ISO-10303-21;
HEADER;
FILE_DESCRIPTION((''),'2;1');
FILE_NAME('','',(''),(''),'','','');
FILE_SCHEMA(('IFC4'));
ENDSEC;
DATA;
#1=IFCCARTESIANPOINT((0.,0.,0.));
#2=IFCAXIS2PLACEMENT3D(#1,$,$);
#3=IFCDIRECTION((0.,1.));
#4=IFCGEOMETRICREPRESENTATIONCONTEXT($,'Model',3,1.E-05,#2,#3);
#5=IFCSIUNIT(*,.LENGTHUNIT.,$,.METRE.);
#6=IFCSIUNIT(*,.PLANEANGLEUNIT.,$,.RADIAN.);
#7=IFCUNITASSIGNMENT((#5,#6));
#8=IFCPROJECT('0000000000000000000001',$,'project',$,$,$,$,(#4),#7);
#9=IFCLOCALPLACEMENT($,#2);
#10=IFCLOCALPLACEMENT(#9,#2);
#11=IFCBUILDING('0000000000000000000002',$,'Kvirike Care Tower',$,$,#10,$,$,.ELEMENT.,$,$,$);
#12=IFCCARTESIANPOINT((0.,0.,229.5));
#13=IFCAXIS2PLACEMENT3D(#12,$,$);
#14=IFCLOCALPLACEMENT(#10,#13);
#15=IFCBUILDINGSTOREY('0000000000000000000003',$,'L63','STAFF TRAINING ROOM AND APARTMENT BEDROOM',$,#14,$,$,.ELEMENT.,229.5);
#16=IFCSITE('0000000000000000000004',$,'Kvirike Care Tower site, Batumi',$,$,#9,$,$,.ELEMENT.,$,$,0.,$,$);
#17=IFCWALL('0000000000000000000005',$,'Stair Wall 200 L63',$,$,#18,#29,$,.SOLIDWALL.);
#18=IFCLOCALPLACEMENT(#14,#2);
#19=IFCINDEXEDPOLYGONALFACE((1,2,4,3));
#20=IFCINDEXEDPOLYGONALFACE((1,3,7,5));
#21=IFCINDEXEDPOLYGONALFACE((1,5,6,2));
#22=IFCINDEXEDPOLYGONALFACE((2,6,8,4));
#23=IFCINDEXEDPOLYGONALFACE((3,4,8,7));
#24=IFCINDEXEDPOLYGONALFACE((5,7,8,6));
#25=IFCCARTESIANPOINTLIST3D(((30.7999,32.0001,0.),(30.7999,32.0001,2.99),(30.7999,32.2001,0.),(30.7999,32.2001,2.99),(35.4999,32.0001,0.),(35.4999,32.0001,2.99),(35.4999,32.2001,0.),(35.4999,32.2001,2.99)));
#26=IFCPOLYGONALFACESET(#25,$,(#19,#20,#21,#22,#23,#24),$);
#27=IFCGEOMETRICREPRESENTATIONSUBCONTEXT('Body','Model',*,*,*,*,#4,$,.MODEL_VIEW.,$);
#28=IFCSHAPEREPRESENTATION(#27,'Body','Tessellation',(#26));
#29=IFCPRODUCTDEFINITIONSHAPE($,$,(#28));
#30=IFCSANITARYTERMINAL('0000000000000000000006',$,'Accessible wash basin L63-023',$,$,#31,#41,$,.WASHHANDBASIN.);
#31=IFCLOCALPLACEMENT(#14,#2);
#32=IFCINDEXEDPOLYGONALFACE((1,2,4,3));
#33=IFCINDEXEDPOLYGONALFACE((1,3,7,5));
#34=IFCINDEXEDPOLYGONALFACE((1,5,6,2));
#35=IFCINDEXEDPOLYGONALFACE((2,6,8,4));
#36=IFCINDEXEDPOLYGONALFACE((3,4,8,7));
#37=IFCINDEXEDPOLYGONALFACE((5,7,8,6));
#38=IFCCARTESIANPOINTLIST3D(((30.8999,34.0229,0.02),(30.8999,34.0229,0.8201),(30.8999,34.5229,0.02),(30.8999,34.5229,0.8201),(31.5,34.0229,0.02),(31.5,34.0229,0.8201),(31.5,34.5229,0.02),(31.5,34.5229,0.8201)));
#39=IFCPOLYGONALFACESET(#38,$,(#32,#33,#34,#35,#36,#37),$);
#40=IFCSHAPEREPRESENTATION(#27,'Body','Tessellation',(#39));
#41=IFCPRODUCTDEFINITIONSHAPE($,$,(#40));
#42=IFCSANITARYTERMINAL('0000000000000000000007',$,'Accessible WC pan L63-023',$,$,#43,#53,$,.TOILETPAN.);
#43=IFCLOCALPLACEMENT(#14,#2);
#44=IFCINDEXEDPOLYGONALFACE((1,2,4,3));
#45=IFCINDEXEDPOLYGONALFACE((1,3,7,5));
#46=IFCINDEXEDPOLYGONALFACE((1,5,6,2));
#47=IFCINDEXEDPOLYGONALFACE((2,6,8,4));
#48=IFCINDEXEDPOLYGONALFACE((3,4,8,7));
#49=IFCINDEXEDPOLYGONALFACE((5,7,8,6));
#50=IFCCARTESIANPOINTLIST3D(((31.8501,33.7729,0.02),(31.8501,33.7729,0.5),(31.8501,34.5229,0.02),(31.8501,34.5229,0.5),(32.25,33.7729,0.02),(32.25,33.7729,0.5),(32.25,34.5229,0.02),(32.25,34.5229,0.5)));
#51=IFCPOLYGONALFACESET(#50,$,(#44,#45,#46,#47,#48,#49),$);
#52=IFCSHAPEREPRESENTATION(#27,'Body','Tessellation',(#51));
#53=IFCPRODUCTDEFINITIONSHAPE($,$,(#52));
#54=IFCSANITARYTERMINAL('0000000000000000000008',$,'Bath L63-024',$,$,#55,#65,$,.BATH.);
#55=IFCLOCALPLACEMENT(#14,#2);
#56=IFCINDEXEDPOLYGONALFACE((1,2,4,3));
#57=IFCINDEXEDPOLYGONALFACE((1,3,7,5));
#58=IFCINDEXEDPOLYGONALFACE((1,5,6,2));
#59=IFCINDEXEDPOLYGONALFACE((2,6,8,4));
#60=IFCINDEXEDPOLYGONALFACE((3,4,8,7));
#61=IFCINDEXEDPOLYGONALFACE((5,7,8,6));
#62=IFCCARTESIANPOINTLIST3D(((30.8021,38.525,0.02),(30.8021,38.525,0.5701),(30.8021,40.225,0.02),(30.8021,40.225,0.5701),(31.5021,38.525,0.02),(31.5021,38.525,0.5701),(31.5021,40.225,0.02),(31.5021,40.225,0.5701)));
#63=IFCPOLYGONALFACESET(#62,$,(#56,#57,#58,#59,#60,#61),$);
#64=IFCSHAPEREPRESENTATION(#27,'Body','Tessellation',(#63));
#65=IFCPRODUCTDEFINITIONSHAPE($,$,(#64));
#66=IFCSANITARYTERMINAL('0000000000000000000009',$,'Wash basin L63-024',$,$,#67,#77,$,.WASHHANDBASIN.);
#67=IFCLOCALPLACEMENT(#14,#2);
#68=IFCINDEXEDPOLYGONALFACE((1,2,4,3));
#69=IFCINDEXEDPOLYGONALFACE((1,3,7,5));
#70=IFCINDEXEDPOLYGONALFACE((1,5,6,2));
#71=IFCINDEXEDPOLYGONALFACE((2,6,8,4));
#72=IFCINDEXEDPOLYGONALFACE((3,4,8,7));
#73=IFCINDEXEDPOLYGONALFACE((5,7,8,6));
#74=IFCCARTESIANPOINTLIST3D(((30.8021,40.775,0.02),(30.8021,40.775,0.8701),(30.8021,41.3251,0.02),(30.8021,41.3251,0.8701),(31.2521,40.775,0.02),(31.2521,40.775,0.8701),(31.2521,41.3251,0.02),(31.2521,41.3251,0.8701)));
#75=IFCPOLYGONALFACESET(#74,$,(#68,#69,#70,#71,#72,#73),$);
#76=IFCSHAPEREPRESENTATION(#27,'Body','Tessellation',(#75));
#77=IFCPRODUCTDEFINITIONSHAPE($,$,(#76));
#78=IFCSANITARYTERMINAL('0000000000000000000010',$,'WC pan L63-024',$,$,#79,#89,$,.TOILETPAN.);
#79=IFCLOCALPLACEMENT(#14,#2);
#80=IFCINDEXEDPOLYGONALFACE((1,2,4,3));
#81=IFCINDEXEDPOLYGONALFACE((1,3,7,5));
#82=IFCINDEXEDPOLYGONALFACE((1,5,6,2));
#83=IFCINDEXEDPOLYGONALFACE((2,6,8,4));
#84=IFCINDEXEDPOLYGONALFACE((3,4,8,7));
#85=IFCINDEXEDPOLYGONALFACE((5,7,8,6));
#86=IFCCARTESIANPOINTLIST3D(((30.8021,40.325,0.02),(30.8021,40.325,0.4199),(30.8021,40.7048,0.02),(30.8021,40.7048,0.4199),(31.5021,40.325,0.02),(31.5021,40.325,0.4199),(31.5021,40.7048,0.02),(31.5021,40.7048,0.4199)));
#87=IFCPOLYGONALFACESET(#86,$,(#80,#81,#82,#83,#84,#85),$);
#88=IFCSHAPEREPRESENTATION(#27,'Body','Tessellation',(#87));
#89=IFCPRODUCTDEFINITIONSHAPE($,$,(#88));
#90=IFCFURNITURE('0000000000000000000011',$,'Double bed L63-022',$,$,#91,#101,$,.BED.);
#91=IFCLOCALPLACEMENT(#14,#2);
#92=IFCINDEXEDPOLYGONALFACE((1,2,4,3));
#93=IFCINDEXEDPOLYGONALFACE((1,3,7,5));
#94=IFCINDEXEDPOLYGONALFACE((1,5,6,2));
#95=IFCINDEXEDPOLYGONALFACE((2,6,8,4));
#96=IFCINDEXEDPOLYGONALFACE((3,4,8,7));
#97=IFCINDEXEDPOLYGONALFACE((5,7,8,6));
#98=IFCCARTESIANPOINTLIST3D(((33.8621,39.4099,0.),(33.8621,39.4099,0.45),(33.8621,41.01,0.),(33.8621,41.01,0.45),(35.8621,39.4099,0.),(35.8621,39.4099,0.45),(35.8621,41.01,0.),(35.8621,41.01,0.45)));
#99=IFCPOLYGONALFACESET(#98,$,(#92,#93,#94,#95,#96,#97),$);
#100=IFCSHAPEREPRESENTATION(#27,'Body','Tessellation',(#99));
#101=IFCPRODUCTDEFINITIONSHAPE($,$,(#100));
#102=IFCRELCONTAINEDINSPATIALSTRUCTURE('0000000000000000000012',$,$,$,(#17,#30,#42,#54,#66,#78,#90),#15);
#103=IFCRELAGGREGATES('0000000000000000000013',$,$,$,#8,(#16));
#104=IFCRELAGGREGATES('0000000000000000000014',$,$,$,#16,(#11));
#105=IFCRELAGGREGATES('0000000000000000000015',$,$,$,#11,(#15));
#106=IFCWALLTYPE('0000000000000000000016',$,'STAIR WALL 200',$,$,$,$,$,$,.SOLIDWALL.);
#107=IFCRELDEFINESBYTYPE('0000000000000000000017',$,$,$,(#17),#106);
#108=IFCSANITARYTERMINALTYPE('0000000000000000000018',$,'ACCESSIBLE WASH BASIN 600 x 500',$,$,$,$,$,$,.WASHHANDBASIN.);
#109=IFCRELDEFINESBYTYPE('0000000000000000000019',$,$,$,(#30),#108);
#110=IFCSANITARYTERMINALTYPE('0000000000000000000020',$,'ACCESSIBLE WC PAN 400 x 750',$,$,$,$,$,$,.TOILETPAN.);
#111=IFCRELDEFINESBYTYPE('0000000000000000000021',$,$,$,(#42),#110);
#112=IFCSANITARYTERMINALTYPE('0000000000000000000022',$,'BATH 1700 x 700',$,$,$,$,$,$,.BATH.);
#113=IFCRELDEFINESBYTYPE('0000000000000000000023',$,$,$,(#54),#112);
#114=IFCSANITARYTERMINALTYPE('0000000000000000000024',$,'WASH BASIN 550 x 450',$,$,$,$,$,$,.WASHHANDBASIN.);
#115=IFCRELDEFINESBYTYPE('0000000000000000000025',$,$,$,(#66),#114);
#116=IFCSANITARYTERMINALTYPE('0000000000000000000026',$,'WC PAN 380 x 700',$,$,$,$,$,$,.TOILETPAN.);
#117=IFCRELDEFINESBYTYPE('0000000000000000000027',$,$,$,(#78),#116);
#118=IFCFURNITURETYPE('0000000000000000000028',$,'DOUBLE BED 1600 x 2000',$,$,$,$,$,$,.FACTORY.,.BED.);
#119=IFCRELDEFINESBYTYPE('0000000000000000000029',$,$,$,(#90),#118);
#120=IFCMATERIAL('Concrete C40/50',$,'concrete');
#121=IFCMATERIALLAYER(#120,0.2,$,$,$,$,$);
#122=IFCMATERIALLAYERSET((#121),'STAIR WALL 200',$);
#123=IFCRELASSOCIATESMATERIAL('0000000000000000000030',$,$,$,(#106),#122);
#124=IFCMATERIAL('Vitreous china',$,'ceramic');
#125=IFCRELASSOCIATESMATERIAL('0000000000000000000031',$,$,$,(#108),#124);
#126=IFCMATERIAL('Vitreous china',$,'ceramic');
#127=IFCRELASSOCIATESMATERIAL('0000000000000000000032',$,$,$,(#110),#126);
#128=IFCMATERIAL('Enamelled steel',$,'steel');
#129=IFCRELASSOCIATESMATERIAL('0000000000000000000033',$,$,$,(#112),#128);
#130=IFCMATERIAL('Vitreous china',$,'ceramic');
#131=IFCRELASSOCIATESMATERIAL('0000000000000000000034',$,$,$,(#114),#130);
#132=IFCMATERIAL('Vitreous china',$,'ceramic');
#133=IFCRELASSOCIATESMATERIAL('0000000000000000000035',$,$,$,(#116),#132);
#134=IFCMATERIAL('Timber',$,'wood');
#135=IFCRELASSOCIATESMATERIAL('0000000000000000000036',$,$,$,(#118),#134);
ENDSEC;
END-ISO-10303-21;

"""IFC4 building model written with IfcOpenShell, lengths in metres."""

from ifc_helpers import new_model, si_unit, direction, frame, frame_2d, origin, origin_2d, place, context, subcontext, project, spatial, rectangle, extrude, material, layer, layer_set, type_object, element, save


model = new_model("IFC4")

# Units and contexts
model_context = context("Model", 3, precision=1e-05, world=origin(), true_north=direction((0.0, 1.0)))
body_context = subcontext(model_context, "Body", "Model", "MODEL_VIEW")
ifc_project = project(units=[si_unit("LENGTHUNIT", "METRE"), si_unit("PLANEANGLEUNIT", "RADIAN")], contexts=[model_context])

# Site, building, storey
site_placement = place(None, origin())
site = spatial("IfcSite", under=ifc_project, at=site_placement, Name="Kvirike Care Tower site, Batumi", CompositionType="ELEMENT", RefElevation=0.0)
building_placement = place(site_placement, origin())
building = spatial("IfcBuilding", under=site, at=building_placement, Name="Kvirike Care Tower", CompositionType="ELEMENT")
storey_placement = place(building_placement, frame((0.0, 0.0, 229.5)))
storey = spatial("IfcBuildingStorey", under=building, at=storey_placement, Name="L63", Description="STAFF TRAINING ROOM AND APARTMENT BEDROOM", CompositionType="ELEMENT", Elevation=229.5)

# Wall
ifc_material_1 = material(Name="Concrete C40/50", Category="concrete")
ifc_layer_1 = layer(ifc_material_1, 0.2)
ifc_layer_set_1 = layer_set([ifc_layer_1], Name="STAIR WALL 200")
wall_type_1 = type_object("IfcWallType", Name="STAIR WALL 200", PredefinedType="SOLIDWALL", material=ifc_layer_set_1)
wall_1_placement = place(storey_placement, frame((35.5, 32.1001, 0.0), z_axis=(0.0, 0.0, 1.0), x_axis=(-1.0, 0.0, 0.0)))
element("IfcWall", 1, at=wall_1_placement, inside=storey, type_object=wall_type_1, Name="Stair Wall 200 L63", PredefinedType="SOLIDWALL", context=body_context, shape_type="SweptSolid", body=[
    extrude(rectangle(XDim=4.7, YDim=0.2, at=frame_2d((2.3501, 0.0))), origin(), (0.0, 0.0, 1.0), 2.99),
])

# Sanitary terminals
ifc_material_2 = material(Name="Vitreous china", Category="ceramic")
sanitary_terminal_type_1 = type_object("IfcSanitaryTerminalType", Name="ACCESSIBLE WASH BASIN 600 x 500", PredefinedType="WASHHANDBASIN", material=ifc_material_2)
sanitary_terminal_1_placement = place(storey_placement, frame((31.2, 34.2729, 0.02), z_axis=(0.0, 0.0, 1.0), x_axis=(1.0, 0.0, 0.0)))
element("IfcSanitaryTerminal", 2, at=sanitary_terminal_1_placement, inside=storey, type_object=sanitary_terminal_type_1, Name="Accessible wash basin L63-023", PredefinedType="WASHHANDBASIN", context=body_context, shape_type="SweptSolid", body=[
    extrude(rectangle(XDim=0.6001, YDim=0.5, at=origin_2d()), origin(), (0.0, 0.0, 1.0), 0.8),
])
ifc_material_3 = material(Name="Vitreous china", Category="ceramic")
sanitary_terminal_type_2 = type_object("IfcSanitaryTerminalType", Name="ACCESSIBLE WC PAN 400 x 750", PredefinedType="TOILETPAN", material=ifc_material_3)
sanitary_terminal_2_placement = place(storey_placement, frame((32.05, 34.1479, 0.02), z_axis=(0.0, 0.0, 1.0), x_axis=(1.0, 0.0, 0.0)))
element("IfcSanitaryTerminal", 3, at=sanitary_terminal_2_placement, inside=storey, type_object=sanitary_terminal_type_2, Name="Accessible WC pan L63-023", PredefinedType="TOILETPAN", context=body_context, shape_type="SweptSolid", body=[
    extrude(rectangle(XDim=0.3999, YDim=0.75, at=origin_2d()), origin(), (0.0, 0.0, 1.0), 0.48),
])
ifc_material_4 = material(Name="Enamelled steel", Category="steel")
sanitary_terminal_type_3 = type_object("IfcSanitaryTerminalType", Name="BATH 1700 x 700", PredefinedType="BATH", material=ifc_material_4)
sanitary_terminal_3_placement = place(storey_placement, frame((31.1521, 39.375, 0.02), z_axis=(0.0, 0.0, 1.0), x_axis=(0.0, 1.0, 0.0)))
element("IfcSanitaryTerminal", 4, at=sanitary_terminal_3_placement, inside=storey, type_object=sanitary_terminal_type_3, Name="Bath L63-024", PredefinedType="BATH", context=body_context, shape_type="SweptSolid", body=[
    extrude(rectangle(XDim=1.7, YDim=0.7, at=origin_2d()), origin(), (0.0, 0.0, 1.0), 0.55),
])
ifc_material_5 = material(Name="Vitreous china", Category="ceramic")
sanitary_terminal_type_4 = type_object("IfcSanitaryTerminalType", Name="WASH BASIN 550 x 450", PredefinedType="WASHHANDBASIN", material=ifc_material_5)
sanitary_terminal_4_placement = place(storey_placement, frame((31.0271, 41.05, 0.02), z_axis=(0.0, 0.0, 1.0), x_axis=(0.0, 1.0, 0.0)))
element("IfcSanitaryTerminal", 5, at=sanitary_terminal_4_placement, inside=storey, type_object=sanitary_terminal_type_4, Name="Wash basin L63-024", PredefinedType="WASHHANDBASIN", context=body_context, shape_type="SweptSolid", body=[
    extrude(rectangle(XDim=0.55, YDim=0.45, at=origin_2d()), origin(), (0.0, 0.0, 1.0), 0.8501),
])
ifc_material_6 = material(Name="Vitreous china", Category="ceramic")
sanitary_terminal_type_5 = type_object("IfcSanitaryTerminalType", Name="WC PAN 380 x 700", PredefinedType="TOILETPAN", material=ifc_material_6)
sanitary_terminal_5_placement = place(storey_placement, frame((31.1521, 40.5149, 0.02), z_axis=(0.0, 0.0, 1.0), x_axis=(0.0, 1.0, 0.0)))
element("IfcSanitaryTerminal", 6, at=sanitary_terminal_5_placement, inside=storey, type_object=sanitary_terminal_type_5, Name="WC pan L63-024", PredefinedType="TOILETPAN", context=body_context, shape_type="SweptSolid", body=[
    extrude(rectangle(XDim=0.3799, YDim=0.7, at=origin_2d()), origin(), (0.0, 0.0, 1.0), 0.3999),
])

# Furniture
ifc_material_7 = material(Name="Timber", Category="wood")
furniture_type = type_object("IfcFurnitureType", Name="DOUBLE BED 1600 x 2000", AssemblyPlace="FACTORY", PredefinedType="BED", material=ifc_material_7)
furniture_placement = place(storey_placement, frame((34.8621, 40.21, 0.0), z_axis=(0.0, 0.0, 1.0), x_axis=(0.0, 1.0, 0.0)))
element("IfcFurniture", 7, at=furniture_placement, inside=storey, type_object=furniture_type, Name="Double bed L63-022", PredefinedType="BED", context=body_context, shape_type="SweptSolid", body=[
    extrude(rectangle(XDim=1.6001, YDim=2.0, at=origin_2d()), origin(), (0.0, 0.0, 1.0), 0.45),
])

save(model, "model.ifc")
